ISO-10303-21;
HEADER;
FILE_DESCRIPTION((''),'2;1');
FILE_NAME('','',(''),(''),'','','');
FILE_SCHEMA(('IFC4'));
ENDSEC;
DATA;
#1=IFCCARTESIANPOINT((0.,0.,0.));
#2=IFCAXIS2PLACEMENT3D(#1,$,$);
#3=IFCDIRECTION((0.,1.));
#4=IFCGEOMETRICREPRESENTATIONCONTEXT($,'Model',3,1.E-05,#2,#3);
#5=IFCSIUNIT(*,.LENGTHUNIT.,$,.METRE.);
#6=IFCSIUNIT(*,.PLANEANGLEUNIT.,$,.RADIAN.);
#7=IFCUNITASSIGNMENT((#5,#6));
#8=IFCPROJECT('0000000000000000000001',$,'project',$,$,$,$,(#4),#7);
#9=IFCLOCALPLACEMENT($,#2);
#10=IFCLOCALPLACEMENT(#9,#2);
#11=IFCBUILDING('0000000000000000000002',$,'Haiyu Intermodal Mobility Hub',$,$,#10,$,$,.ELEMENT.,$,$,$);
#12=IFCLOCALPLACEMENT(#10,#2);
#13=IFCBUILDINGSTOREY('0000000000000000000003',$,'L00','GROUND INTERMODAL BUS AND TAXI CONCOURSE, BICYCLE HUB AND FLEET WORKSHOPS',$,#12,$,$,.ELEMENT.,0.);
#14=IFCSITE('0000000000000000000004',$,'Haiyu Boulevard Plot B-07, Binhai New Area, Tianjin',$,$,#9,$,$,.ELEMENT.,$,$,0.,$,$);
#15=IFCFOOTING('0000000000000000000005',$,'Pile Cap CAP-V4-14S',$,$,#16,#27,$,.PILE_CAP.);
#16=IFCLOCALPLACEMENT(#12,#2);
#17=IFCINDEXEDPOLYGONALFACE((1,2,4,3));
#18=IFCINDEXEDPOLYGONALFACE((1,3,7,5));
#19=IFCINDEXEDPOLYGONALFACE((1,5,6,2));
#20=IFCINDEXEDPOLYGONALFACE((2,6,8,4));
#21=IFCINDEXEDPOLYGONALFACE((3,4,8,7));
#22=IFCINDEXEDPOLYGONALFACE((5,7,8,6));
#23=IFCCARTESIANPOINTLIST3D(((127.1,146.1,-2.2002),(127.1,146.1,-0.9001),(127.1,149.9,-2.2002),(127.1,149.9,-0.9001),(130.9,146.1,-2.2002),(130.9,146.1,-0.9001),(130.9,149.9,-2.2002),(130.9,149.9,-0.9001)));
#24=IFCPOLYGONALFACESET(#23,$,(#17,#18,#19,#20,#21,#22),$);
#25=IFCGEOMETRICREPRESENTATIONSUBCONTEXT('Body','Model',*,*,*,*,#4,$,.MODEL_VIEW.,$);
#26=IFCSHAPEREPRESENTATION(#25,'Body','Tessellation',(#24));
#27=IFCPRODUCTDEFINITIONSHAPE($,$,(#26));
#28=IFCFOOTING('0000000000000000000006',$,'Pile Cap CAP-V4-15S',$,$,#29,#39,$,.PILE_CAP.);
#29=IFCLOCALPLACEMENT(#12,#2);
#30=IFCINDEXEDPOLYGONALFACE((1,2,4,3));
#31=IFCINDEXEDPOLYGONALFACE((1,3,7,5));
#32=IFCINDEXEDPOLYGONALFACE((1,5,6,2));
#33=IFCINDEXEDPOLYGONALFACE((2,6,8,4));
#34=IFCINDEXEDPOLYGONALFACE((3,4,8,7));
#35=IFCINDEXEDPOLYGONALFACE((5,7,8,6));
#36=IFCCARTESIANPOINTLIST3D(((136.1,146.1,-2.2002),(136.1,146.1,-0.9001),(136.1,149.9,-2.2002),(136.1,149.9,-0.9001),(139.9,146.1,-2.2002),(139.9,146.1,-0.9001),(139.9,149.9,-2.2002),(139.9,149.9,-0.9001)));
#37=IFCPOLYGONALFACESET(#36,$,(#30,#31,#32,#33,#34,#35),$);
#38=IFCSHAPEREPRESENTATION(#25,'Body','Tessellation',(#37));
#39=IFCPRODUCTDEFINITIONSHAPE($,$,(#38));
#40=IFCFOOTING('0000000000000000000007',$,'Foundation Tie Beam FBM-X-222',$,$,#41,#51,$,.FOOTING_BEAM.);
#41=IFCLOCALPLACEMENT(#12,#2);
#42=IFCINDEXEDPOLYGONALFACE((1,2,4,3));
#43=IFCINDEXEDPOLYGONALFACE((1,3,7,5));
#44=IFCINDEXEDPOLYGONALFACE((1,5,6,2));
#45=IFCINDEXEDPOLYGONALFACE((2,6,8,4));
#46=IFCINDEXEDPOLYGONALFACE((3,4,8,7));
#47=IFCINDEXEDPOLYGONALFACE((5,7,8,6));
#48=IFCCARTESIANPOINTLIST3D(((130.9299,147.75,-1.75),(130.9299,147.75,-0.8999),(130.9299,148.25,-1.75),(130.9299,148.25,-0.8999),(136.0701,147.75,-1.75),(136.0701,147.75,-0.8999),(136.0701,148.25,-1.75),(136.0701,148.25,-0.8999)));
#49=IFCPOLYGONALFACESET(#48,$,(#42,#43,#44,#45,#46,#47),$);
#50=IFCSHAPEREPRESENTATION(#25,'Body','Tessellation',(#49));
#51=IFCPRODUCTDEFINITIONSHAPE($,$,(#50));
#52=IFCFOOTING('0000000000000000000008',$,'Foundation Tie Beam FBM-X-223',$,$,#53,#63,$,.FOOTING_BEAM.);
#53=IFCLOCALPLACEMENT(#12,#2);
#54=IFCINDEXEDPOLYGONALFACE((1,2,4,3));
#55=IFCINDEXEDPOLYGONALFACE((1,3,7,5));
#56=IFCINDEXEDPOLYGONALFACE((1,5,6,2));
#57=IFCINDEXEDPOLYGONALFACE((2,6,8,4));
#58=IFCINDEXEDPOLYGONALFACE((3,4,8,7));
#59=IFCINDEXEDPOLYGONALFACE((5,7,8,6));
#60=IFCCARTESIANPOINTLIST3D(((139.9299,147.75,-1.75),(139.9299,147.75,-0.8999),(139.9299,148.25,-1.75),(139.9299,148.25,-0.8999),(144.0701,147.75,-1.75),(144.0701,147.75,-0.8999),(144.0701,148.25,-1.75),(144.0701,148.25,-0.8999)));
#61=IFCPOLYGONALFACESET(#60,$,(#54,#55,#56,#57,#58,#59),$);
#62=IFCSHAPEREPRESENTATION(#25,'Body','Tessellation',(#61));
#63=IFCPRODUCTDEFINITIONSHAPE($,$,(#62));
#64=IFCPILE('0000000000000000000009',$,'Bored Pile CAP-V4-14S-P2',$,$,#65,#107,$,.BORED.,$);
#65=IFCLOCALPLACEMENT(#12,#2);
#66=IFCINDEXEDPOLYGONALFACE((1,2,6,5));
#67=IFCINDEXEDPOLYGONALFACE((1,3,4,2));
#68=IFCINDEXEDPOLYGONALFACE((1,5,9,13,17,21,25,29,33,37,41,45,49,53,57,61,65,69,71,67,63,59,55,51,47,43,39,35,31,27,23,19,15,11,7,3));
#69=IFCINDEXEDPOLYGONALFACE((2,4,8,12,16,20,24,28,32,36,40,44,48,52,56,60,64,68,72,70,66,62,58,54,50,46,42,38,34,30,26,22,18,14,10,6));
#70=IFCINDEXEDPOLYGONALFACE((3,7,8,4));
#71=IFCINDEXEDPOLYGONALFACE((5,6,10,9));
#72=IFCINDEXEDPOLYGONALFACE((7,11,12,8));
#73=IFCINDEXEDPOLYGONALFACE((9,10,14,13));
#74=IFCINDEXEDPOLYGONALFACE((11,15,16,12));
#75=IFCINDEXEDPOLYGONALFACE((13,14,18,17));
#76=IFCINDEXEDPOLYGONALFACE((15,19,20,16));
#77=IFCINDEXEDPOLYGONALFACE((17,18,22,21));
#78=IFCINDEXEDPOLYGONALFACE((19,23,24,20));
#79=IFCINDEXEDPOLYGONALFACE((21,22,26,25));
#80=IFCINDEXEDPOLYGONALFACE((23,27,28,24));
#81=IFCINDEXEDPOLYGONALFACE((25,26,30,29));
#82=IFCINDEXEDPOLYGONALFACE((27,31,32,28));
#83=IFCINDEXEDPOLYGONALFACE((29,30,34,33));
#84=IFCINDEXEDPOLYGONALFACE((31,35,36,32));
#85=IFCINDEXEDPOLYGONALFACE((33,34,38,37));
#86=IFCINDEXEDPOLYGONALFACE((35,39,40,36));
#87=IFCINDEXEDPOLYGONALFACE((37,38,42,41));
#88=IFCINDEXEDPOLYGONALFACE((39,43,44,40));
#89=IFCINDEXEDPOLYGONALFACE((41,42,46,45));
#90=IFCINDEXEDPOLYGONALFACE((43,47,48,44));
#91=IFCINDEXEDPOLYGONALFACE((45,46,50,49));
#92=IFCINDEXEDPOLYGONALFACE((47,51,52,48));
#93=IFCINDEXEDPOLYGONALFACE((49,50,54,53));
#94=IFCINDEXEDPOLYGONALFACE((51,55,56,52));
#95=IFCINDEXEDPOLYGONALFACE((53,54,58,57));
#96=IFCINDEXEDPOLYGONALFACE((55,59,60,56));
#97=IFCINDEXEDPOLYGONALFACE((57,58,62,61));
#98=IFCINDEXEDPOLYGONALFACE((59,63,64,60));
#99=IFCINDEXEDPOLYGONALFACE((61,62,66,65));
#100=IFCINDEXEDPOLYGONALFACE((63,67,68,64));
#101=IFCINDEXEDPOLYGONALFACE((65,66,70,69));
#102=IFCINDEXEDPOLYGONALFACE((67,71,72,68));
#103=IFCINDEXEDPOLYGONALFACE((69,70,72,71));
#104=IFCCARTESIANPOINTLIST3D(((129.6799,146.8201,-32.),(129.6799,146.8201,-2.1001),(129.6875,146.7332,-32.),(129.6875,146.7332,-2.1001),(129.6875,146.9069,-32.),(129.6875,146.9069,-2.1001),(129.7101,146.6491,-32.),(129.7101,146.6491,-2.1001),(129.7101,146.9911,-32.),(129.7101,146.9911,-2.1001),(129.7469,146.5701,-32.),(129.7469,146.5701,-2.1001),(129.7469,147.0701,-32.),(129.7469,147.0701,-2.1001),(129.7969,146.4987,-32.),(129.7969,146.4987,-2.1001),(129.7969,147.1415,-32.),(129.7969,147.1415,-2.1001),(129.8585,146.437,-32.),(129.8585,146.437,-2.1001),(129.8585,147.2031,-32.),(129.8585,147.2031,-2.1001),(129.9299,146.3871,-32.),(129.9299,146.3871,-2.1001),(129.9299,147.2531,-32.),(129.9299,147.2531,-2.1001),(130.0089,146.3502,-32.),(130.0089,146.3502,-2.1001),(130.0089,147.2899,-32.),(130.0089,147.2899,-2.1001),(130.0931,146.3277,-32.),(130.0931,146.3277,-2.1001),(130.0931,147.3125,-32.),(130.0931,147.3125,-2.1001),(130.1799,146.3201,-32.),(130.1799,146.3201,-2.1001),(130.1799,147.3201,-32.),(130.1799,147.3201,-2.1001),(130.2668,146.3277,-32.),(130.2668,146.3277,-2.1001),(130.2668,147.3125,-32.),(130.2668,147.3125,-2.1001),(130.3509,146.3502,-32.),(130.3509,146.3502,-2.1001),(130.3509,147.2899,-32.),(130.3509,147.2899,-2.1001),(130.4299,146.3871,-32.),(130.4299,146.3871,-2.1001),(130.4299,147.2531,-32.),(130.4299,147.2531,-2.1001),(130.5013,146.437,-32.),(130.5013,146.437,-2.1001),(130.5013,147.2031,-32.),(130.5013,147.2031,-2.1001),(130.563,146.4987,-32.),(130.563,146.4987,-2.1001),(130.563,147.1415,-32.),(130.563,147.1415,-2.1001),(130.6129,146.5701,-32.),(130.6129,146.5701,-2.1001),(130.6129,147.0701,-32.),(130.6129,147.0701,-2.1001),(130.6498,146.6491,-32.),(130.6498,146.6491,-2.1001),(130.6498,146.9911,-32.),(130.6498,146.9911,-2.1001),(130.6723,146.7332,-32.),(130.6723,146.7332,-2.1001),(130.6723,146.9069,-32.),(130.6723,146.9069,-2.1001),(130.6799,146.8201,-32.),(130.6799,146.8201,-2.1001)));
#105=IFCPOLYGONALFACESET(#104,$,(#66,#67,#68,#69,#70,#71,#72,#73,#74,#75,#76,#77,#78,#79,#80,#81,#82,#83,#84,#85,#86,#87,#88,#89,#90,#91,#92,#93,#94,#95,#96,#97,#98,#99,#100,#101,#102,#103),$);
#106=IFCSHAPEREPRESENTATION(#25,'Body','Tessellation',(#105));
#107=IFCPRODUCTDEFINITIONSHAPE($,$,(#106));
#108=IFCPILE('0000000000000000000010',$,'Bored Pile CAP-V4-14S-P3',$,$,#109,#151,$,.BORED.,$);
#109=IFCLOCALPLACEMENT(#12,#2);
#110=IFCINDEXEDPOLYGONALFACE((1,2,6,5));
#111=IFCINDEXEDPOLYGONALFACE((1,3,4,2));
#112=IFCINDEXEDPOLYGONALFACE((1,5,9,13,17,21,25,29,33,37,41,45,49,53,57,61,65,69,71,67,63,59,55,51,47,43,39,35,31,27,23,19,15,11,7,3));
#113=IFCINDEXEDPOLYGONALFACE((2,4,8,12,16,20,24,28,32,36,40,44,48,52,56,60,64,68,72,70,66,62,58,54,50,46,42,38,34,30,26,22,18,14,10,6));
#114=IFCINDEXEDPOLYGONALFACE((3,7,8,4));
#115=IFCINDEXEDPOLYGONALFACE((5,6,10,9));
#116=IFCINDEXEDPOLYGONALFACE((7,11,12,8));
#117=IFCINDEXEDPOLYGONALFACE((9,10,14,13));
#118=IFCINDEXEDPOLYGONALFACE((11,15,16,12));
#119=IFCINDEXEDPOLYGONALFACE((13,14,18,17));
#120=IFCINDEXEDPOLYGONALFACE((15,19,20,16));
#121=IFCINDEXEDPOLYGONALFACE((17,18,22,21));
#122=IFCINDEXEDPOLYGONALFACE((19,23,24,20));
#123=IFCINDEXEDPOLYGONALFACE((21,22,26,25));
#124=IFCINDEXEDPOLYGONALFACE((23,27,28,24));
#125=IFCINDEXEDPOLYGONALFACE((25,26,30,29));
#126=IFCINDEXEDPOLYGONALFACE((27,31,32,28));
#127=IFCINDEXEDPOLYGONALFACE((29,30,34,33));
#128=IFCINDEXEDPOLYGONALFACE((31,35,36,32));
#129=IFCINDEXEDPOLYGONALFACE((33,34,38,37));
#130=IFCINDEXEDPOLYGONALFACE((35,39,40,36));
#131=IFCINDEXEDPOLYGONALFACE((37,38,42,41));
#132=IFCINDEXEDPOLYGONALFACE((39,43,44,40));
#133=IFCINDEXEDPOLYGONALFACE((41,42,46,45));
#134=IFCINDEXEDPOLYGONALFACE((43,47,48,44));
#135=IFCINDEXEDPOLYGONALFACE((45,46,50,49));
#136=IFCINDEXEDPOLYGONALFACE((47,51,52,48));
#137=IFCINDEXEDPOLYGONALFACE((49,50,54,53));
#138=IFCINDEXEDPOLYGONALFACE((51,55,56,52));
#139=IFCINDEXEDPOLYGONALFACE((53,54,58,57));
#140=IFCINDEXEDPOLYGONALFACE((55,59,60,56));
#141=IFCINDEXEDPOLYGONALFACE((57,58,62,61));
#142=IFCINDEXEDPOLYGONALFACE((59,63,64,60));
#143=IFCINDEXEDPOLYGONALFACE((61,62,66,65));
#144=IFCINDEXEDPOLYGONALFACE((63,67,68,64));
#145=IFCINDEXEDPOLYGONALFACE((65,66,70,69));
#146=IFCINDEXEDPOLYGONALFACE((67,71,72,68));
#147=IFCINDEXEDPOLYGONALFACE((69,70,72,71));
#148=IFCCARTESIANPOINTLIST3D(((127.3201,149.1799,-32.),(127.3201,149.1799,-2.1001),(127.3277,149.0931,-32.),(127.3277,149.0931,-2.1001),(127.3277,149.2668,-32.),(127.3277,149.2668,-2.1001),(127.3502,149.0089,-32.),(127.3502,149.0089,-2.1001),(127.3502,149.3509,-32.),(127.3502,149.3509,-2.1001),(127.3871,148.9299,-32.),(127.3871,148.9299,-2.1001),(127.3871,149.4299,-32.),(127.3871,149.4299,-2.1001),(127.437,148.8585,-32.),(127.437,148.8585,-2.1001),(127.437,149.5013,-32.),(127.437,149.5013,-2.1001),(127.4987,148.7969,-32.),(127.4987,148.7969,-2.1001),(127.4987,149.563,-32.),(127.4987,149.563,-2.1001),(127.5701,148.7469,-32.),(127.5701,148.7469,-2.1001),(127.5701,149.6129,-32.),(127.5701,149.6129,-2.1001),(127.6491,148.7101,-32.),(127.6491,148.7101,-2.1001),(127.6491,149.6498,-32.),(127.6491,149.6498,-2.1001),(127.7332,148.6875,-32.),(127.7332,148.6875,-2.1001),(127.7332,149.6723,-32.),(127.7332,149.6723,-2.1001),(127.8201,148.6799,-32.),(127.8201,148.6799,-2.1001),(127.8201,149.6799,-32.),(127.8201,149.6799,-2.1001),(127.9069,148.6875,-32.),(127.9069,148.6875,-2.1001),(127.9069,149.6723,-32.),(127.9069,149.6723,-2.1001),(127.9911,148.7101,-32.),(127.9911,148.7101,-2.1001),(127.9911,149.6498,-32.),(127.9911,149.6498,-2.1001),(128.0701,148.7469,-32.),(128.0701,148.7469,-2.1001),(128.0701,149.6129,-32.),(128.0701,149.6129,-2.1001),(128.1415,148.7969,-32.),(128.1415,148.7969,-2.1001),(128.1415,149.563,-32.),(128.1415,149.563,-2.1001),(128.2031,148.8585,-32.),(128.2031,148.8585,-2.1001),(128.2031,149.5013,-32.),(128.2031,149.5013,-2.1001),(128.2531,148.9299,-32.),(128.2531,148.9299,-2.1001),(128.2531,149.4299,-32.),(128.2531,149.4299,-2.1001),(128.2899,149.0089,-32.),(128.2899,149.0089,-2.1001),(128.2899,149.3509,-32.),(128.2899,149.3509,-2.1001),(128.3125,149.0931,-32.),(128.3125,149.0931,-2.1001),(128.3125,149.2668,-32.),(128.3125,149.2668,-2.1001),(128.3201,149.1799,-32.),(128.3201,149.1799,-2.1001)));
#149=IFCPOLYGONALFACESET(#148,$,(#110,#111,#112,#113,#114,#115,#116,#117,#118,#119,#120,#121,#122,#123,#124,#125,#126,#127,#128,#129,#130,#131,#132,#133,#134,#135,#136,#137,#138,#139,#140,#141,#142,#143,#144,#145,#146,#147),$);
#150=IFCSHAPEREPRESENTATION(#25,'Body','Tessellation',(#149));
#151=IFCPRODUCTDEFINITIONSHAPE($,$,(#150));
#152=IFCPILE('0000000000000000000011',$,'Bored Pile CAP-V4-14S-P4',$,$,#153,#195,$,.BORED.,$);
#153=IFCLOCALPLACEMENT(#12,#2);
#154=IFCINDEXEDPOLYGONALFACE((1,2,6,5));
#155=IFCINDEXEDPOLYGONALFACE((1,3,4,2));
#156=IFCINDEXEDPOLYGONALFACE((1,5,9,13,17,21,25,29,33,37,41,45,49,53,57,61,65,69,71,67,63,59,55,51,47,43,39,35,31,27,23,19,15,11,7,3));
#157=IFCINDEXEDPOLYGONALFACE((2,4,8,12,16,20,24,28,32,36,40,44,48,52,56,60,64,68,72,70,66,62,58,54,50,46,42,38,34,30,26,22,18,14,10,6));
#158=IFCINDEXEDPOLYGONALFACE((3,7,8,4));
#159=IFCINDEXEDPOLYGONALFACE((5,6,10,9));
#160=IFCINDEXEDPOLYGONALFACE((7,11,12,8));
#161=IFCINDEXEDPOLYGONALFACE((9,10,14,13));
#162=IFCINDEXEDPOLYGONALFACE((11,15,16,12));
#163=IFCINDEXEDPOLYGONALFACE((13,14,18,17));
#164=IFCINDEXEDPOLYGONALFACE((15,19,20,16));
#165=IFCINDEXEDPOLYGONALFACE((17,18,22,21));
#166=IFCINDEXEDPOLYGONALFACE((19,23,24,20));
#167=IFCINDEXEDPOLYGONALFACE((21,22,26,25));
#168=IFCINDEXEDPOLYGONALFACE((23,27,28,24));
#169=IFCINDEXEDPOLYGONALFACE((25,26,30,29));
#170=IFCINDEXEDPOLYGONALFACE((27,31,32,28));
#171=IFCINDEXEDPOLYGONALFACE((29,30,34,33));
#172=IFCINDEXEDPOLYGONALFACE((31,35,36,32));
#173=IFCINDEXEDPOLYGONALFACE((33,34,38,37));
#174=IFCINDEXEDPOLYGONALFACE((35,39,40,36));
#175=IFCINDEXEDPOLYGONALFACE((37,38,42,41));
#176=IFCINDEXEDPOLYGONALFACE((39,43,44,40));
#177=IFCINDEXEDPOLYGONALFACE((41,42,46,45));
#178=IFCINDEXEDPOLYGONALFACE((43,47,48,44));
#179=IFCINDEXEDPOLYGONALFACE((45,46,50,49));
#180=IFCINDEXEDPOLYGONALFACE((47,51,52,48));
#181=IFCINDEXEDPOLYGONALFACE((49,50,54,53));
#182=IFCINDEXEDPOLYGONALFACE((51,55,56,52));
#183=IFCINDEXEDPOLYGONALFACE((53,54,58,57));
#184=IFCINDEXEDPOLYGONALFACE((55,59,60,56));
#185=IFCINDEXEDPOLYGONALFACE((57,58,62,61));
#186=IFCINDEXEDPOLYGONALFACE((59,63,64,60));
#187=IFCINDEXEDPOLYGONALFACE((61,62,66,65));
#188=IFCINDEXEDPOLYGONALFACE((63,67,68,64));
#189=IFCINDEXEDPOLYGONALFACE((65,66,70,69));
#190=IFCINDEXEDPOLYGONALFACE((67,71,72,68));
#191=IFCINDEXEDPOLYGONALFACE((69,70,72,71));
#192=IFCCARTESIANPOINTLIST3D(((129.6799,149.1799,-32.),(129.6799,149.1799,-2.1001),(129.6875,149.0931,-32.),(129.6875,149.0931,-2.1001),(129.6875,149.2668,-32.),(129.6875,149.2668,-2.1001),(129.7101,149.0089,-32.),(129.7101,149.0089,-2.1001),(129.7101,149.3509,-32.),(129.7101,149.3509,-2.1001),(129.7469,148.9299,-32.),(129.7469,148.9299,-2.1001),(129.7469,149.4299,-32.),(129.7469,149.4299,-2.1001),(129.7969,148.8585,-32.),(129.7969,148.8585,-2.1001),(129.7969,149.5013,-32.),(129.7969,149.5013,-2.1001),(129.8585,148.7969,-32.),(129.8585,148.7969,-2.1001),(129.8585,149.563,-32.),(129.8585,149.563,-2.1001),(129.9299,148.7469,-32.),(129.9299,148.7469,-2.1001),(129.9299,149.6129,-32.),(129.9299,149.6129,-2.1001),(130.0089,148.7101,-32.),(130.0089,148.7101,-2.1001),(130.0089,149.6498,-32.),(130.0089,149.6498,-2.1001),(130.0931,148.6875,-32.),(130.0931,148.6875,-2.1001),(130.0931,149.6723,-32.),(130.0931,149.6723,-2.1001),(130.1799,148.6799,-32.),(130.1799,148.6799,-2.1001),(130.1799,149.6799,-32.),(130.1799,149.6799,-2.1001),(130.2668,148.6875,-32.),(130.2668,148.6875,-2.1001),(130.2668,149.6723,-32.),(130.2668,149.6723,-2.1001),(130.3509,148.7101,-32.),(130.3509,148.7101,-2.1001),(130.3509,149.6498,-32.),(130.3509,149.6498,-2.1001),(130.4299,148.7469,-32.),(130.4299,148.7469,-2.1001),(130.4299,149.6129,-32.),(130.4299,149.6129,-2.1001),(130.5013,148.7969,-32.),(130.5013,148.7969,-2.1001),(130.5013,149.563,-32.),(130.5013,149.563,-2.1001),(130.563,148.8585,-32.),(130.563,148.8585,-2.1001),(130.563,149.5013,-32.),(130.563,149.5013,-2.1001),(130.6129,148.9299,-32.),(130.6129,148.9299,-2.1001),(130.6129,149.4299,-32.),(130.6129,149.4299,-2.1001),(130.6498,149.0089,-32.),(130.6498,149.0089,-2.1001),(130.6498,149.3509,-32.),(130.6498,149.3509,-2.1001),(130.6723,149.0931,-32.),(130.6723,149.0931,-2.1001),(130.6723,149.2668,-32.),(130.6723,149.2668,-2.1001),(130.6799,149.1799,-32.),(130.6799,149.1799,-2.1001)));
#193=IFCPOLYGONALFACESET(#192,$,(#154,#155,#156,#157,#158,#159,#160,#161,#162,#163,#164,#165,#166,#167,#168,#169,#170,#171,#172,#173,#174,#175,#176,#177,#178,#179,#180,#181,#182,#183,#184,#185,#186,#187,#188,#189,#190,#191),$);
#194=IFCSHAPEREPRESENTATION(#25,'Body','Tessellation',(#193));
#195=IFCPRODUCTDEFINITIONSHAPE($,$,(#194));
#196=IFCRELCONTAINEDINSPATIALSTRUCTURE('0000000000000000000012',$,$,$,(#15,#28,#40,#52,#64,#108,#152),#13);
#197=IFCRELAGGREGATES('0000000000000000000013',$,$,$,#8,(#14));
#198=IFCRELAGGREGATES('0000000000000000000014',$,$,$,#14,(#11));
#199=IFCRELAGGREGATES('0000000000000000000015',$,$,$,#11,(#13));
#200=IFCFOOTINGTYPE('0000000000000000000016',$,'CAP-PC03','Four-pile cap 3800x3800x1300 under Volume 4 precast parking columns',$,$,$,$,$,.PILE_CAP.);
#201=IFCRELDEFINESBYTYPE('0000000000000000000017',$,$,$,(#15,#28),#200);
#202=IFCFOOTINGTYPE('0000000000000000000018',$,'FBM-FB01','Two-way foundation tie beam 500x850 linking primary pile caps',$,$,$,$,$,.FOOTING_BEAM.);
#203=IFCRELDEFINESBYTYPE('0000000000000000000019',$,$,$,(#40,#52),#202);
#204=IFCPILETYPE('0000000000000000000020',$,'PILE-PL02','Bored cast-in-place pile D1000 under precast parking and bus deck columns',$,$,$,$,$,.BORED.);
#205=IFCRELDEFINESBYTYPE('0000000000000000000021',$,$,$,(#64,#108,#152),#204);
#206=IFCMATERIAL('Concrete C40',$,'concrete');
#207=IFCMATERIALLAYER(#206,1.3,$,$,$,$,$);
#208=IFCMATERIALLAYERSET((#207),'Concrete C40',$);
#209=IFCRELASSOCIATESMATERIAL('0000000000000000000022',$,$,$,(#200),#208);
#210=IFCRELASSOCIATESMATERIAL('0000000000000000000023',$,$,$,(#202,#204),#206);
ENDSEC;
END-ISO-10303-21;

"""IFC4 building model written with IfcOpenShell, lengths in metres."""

from ifc_helpers import new_model, si_unit, direction, frame, origin, origin_2d, place, context, subcontext, project, spatial, rectangle, circle, extrude, material, layer, layer_set, material_profile, profile_set, type_object, element, save


model = new_model("IFC4")

# Units and contexts
model_context = context("Model", 3, precision=1e-05, world=origin(), true_north=direction((0.0, 1.0)))
body_context = subcontext(model_context, "Body", "Model", "MODEL_VIEW")
ifc_project = project(units=[si_unit("LENGTHUNIT", "METRE"), si_unit("PLANEANGLEUNIT", "RADIAN")], contexts=[model_context])

# Site, building, storey
site_placement = place(None, origin())
site = spatial("IfcSite", under=ifc_project, at=site_placement, Name="Haiyu Boulevard Plot B-07, Binhai New Area, Tianjin", CompositionType="ELEMENT", RefElevation=0.0)
building_placement = place(site_placement, origin())
building = spatial("IfcBuilding", under=site, at=building_placement, Name="Haiyu Intermodal Mobility Hub", CompositionType="ELEMENT")
storey_placement = place(building_placement, origin())
storey = spatial("IfcBuildingStorey", under=building, at=storey_placement, Name="L00", Description="GROUND INTERMODAL BUS AND TAXI CONCOURSE, BICYCLE HUB AND FLEET WORKSHOPS", CompositionType="ELEMENT", Elevation=0.0)

# Footings
ifc_material_1 = material(Name="Concrete C40", Category="concrete")
ifc_layer_1 = layer(ifc_material_1, 1.3)
ifc_layer_set_1 = layer_set([ifc_layer_1], Name="Concrete C40")
footing_type_1 = type_object("IfcFootingType", Name="CAP-PC03", Description="Four-pile cap 3800x3800x1300 under Volume 4 precast parking columns", PredefinedType="PILE_CAP", material=ifc_layer_set_1)
for number, where, z_axis, x_axis, name in (
    (1, (129.0, 148.0, -2.2002), (0.0, 0.0, 1.0), (1.0, 0.0, 0.0), "Pile Cap CAP-V4-14S"),
    (2, (138.0, 148.0, -2.2002), (0.0, 0.0, 1.0), (1.0, 0.0, 0.0), "Pile Cap CAP-V4-15S"),
):
    element("IfcFooting", number, at=place(storey_placement, frame(where, z_axis=z_axis, x_axis=x_axis)), inside=storey, type_object=footing_type_1, Name=name, PredefinedType="PILE_CAP", context=body_context, shape_type="SweptSolid", body=[
        extrude(rectangle(XDim=3.8, YDim=3.8, at=origin_2d()), origin(), (0.0, 0.0, 1.0), 1.3),
    ])
ifc_material_profile_1 = material_profile(ifc_material_1, rectangle(XDim=0.5, YDim=0.8501, at=origin_2d()), Name="FB500x850")
ifc_profile_set_1 = profile_set([ifc_material_profile_1], Name="Concrete C40")
footing_type_2 = type_object("IfcFootingType", Name="FBM-FB01", Description="Two-way foundation tie beam 500x850 linking primary pile caps", PredefinedType="FOOTING_BEAM", material=ifc_profile_set_1)
footing_1_placement = place(storey_placement, frame((130.9299, 148.0, -1.325), z_axis=(1.0, 0.0, 0.0), x_axis=(0.0, 1.0, 0.0)))
element("IfcFooting", 3, at=footing_1_placement, inside=storey, type_object=footing_type_2, Name="Foundation Tie Beam FBM-X-222", PredefinedType="FOOTING_BEAM", context=body_context, shape_type="SweptSolid", body=[
    extrude(rectangle(XDim=0.5, YDim=0.8501, at=origin_2d()), origin(), (0.0, 0.0, 1.0), 5.1401),
])
footing_2_placement = place(storey_placement, frame((139.9299, 148.0, -1.325), z_axis=(1.0, 0.0, 0.0), x_axis=(0.0, 1.0, 0.0)))
element("IfcFooting", 4, at=footing_2_placement, inside=storey, type_object=footing_type_2, Name="Foundation Tie Beam FBM-X-223", PredefinedType="FOOTING_BEAM", context=body_context, shape_type="SweptSolid", body=[
    extrude(rectangle(XDim=0.5, YDim=0.8501, at=origin_2d()), origin(), (0.0, 0.0, 1.0), 4.1401),
])

# Piles
ifc_material_profile_2 = material_profile(ifc_material_1, circle(Radius=0.5, at=origin_2d()), Name="PILE-D1000")
ifc_profile_set_2 = profile_set([ifc_material_profile_2], Name="Concrete C40")
pile_type = type_object("IfcPileType", Name="PILE-PL02", Description="Bored cast-in-place pile D1000 under precast parking and bus deck columns", PredefinedType="BORED", material=ifc_profile_set_2)
for number, where, z_axis, x_axis, name in (
    (5, (130.1799, 146.8201, -2.1001), (0.0, 0.0, -1.0), (1.0, 0.0, 0.0), "Bored Pile CAP-V4-14S-P2"),
    (6, (127.8201, 149.1799, -2.1001), (0.0, 0.0, -1.0), (1.0, 0.0, 0.0), "Bored Pile CAP-V4-14S-P3"),
    (7, (130.1799, 149.1799, -2.1001), (0.0, 0.0, -1.0), (1.0, 0.0, 0.0), "Bored Pile CAP-V4-14S-P4"),
):
    element("IfcPile", number, at=place(storey_placement, frame(where, z_axis=z_axis, x_axis=x_axis)), inside=storey, type_object=pile_type, Name=name, PredefinedType="BORED", context=body_context, shape_type="SweptSolid", body=[
        extrude(circle(Radius=0.5, at=origin_2d()), origin(), (0.0, 0.0, 1.0), 29.8999),
    ])

save(model, "model.ifc")
